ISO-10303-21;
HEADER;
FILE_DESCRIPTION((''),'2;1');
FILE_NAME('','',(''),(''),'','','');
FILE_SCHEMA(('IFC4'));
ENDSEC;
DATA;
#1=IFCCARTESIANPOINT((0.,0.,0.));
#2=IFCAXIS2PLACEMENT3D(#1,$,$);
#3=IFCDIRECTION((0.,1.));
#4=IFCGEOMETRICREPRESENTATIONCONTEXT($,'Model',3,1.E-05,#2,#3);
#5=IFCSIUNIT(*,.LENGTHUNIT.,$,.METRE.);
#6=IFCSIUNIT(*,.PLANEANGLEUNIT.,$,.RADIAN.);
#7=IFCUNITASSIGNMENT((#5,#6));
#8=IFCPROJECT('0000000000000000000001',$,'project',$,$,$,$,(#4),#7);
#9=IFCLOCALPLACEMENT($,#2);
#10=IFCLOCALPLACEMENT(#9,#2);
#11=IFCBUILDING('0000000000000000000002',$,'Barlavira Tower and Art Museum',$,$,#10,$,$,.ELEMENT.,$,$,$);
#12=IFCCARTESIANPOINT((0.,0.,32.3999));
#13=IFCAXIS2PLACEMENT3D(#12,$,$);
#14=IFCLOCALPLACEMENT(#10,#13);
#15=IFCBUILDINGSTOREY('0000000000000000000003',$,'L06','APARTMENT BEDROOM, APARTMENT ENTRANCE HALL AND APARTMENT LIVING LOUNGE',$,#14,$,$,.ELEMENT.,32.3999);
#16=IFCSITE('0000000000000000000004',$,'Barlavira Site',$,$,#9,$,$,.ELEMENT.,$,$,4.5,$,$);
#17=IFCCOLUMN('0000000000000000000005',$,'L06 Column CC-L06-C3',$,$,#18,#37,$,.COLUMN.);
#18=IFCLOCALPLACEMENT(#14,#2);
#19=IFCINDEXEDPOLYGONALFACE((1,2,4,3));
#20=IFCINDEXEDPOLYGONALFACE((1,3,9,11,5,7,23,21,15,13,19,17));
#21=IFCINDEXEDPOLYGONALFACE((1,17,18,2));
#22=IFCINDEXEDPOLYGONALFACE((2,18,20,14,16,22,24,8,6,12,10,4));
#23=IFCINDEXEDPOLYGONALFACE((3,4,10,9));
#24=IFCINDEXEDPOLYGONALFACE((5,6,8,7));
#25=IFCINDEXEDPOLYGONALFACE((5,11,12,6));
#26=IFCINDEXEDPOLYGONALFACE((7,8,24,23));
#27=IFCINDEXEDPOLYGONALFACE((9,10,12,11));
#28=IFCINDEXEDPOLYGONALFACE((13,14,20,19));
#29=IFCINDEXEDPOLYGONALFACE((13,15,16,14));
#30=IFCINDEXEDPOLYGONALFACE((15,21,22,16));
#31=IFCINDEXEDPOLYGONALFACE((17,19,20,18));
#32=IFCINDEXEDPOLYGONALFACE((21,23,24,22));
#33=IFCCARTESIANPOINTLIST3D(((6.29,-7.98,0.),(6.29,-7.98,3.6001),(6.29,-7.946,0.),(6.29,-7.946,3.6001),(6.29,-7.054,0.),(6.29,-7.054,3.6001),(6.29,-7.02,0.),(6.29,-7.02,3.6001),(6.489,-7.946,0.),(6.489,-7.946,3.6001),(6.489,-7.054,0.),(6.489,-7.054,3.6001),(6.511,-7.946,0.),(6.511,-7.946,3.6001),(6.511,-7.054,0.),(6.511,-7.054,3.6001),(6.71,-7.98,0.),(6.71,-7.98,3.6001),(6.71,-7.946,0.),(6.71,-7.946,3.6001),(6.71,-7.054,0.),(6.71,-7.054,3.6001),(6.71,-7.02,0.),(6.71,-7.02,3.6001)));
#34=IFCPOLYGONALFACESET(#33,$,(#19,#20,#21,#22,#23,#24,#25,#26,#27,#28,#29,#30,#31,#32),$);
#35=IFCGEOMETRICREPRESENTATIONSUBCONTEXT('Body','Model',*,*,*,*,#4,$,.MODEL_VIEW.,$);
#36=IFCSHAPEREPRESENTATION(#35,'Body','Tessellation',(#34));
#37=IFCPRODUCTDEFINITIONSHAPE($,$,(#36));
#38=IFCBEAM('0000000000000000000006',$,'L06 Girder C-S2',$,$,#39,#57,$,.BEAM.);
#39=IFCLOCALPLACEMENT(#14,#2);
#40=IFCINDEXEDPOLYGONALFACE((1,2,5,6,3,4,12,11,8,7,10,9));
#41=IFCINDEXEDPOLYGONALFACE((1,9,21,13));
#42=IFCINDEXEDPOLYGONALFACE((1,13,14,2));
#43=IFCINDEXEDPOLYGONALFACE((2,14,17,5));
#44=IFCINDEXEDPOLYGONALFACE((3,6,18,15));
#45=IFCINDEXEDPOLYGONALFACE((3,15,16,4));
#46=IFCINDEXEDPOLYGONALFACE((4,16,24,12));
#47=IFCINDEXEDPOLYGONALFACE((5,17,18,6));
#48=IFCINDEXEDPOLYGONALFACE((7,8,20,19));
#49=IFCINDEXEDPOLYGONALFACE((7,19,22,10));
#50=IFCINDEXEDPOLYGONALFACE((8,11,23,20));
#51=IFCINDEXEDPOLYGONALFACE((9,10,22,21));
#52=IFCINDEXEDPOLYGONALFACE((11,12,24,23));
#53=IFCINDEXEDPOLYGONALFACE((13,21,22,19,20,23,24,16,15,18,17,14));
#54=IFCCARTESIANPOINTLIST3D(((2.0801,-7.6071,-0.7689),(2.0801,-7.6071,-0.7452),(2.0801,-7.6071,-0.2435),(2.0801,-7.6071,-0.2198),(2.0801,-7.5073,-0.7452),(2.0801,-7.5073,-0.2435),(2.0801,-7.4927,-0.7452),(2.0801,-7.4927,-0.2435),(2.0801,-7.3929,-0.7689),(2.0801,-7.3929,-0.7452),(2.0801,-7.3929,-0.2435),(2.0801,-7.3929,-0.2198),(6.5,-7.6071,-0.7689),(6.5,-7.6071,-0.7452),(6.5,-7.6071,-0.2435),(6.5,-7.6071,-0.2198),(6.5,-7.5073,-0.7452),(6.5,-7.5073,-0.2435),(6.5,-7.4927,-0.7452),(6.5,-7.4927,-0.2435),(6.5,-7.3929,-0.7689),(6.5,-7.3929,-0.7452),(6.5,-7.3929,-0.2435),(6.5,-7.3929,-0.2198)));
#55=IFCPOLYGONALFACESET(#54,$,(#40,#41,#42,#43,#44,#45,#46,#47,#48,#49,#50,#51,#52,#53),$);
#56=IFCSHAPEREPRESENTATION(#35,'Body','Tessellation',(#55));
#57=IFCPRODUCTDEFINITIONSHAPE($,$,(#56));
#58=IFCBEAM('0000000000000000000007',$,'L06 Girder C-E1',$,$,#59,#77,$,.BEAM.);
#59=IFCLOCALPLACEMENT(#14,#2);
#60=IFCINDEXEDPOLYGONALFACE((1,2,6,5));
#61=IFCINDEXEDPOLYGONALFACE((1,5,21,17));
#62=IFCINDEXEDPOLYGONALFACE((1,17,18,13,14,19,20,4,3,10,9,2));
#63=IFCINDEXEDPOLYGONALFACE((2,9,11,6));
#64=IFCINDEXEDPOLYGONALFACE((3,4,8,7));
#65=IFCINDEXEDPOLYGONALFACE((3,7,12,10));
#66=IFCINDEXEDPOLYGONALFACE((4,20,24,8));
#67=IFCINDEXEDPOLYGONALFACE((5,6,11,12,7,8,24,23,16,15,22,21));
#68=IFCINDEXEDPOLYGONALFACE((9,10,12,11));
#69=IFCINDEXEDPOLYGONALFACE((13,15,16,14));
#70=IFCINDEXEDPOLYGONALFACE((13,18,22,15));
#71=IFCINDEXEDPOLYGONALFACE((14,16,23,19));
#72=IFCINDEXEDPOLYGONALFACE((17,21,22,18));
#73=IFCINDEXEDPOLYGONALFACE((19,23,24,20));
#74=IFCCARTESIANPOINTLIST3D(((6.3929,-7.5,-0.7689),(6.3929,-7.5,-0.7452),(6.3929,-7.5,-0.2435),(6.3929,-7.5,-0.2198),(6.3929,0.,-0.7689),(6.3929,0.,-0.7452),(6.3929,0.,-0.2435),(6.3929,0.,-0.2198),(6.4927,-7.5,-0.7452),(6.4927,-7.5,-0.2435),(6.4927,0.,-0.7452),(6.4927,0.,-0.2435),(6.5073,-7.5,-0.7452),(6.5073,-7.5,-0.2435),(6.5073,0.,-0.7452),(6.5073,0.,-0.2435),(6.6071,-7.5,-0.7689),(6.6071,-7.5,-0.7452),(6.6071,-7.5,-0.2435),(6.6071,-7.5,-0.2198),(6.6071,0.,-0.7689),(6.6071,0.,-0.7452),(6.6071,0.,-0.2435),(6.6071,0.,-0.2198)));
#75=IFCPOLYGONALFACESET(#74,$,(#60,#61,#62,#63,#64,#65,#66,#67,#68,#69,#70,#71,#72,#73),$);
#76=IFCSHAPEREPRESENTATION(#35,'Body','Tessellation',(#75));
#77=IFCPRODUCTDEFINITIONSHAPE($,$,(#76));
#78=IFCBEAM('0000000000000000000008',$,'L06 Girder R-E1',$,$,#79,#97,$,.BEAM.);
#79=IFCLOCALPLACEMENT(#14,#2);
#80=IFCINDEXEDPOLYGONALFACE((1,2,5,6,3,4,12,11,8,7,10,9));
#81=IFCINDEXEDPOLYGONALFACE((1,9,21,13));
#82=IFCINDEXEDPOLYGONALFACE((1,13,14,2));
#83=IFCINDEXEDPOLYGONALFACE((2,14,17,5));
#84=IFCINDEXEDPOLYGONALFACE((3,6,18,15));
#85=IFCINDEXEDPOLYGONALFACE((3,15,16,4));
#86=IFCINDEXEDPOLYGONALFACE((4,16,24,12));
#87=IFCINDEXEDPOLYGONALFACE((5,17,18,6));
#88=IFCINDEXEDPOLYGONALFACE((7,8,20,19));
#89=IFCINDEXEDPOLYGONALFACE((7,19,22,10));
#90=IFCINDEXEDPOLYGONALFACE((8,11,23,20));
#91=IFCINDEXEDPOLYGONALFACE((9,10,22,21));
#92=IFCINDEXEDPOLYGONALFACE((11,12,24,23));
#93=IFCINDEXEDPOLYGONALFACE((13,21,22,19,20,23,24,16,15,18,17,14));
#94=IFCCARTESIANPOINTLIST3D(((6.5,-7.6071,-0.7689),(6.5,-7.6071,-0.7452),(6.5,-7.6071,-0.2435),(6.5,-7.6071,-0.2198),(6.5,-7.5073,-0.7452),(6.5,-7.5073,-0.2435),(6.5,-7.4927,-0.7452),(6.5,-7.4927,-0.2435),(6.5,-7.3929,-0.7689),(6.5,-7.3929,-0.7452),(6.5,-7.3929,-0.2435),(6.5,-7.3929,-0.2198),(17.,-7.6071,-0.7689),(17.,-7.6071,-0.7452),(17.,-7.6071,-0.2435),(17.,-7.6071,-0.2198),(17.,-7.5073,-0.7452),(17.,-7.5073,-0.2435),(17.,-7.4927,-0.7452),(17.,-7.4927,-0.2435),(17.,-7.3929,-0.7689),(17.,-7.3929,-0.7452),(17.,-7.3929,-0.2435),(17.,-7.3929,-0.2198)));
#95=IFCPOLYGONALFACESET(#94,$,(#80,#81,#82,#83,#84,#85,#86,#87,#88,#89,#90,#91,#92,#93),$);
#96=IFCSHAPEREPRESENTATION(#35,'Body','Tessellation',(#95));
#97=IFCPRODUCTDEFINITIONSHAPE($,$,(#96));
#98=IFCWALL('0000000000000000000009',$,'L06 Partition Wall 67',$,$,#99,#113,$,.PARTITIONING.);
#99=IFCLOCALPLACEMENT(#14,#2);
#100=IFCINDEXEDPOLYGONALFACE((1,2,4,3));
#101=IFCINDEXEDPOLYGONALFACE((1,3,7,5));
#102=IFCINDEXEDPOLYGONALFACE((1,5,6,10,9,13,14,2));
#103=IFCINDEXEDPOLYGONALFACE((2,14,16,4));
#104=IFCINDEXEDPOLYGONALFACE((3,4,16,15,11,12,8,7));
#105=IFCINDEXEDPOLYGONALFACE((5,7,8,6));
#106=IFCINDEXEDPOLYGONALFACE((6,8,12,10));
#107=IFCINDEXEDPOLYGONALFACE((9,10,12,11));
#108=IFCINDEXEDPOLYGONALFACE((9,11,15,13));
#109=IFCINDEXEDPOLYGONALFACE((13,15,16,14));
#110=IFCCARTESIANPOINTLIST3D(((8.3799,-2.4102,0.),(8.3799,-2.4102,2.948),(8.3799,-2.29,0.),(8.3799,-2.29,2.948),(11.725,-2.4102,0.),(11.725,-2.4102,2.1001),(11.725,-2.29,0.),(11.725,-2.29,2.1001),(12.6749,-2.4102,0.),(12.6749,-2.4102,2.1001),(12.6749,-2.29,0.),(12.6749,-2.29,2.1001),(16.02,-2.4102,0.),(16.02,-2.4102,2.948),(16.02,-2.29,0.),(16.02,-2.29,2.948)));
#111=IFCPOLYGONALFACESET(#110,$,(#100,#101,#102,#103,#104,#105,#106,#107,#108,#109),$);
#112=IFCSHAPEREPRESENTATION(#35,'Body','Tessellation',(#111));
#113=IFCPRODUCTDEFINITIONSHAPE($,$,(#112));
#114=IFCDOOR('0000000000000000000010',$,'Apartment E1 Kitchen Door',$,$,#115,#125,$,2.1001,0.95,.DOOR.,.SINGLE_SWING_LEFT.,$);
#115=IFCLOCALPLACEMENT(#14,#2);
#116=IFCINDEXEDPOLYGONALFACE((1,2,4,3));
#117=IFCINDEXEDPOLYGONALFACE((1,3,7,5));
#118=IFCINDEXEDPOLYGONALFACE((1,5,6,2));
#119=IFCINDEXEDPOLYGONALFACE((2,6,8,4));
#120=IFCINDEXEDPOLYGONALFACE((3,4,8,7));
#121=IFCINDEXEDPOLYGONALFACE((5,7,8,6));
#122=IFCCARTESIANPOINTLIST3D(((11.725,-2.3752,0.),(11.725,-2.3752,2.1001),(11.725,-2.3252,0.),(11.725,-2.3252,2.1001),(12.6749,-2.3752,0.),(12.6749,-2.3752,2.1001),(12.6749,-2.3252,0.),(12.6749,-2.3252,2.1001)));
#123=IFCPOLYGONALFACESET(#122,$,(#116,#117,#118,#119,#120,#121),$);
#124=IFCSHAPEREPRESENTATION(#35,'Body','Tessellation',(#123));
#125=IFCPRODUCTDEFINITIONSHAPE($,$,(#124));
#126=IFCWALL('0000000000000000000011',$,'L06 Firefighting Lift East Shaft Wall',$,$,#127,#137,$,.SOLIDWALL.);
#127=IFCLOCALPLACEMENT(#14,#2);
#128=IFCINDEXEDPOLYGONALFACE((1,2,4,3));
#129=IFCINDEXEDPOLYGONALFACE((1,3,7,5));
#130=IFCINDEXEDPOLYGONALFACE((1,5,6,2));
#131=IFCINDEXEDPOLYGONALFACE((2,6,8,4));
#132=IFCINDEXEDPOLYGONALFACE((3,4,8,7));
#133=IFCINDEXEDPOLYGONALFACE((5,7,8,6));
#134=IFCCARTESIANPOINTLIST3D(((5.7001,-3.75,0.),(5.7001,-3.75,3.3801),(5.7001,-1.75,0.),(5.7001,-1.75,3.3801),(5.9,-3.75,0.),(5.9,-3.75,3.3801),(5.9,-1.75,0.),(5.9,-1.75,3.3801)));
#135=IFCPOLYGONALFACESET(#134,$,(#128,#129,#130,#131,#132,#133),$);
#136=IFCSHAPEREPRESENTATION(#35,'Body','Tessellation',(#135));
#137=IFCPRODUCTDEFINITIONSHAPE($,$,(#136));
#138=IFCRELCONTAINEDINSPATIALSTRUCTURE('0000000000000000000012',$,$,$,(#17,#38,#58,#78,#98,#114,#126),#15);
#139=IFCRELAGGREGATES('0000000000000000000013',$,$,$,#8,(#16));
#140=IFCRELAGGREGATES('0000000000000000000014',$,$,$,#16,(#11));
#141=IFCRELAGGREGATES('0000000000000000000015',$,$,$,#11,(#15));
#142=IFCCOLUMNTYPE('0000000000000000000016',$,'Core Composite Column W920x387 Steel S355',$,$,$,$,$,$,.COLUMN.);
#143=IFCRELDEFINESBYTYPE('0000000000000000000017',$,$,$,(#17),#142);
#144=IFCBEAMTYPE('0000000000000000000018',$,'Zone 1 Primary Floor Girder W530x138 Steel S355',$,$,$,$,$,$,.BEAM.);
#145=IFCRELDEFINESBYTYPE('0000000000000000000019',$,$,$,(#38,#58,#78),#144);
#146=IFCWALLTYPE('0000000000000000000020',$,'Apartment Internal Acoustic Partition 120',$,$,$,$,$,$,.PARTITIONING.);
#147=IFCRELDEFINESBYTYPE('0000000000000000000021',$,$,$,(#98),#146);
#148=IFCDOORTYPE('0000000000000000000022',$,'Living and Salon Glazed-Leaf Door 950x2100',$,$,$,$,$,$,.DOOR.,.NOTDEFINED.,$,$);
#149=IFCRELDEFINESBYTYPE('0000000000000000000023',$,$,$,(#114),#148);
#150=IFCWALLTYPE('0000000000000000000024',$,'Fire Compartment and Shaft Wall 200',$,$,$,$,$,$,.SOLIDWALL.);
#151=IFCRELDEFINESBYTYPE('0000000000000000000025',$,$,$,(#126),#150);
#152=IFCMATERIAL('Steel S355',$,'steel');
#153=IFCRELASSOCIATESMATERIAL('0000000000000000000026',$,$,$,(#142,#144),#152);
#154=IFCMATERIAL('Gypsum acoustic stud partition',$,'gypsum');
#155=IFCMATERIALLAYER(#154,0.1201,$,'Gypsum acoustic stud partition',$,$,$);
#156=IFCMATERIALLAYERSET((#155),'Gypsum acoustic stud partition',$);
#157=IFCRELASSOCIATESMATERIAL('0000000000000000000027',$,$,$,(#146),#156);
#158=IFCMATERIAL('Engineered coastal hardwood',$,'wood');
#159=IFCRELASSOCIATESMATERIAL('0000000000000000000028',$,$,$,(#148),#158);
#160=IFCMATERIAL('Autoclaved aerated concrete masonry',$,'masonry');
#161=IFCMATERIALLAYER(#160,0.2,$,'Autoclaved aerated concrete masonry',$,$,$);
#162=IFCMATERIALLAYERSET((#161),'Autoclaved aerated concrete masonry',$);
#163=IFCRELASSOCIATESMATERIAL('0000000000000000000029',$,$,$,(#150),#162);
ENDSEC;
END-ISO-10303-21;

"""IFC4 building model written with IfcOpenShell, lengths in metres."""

from ifc_helpers import new_model, si_unit, direction, frame, frame_2d, origin, origin_2d, place, context, subcontext, project, spatial, rectangle, i_section, extrude, material, layer, layer_set, material_profile, profile_set, type_object, element, fill, save


model = new_model("IFC4")

# Units and contexts
model_context = context("Model", 3, precision=1e-05, world=origin(), true_north=direction((0.0, 1.0)))
body_context = subcontext(model_context, "Body", "Model", "MODEL_VIEW")
ifc_project = project(units=[si_unit("LENGTHUNIT", "METRE"), si_unit("PLANEANGLEUNIT", "RADIAN")], contexts=[model_context])

# Site, building, storey
site_placement = place(None, origin())
site = spatial("IfcSite", under=ifc_project, at=site_placement, Name="Barlavira Site", CompositionType="ELEMENT", RefElevation=4.5)
building_placement = place(site_placement, origin())
building = spatial("IfcBuilding", under=site, at=building_placement, Name="Barlavira Tower and Art Museum", CompositionType="ELEMENT")
storey_placement = place(building_placement, frame((0.0, 0.0, 32.3999)))
storey = spatial("IfcBuildingStorey", under=building, at=storey_placement, Name="L06", Description="APARTMENT BEDROOM, APARTMENT ENTRANCE HALL AND APARTMENT LIVING LOUNGE", CompositionType="ELEMENT", Elevation=32.3999)

# Column
ifc_material_1 = material(Name="Steel S355", Category="steel")
ifc_material_profile_1 = material_profile(ifc_material_1, i_section(OverallWidth=0.4199, OverallDepth=0.96, WebThickness=0.022, FlangeThickness=0.0339, at=origin_2d()), Name="W920x387.0")
ifc_profile_set_1 = profile_set([ifc_material_profile_1], Name="Steel S355")
column_type = type_object("IfcColumnType", Name="Core Composite Column W920x387 Steel S355", PredefinedType="COLUMN", material=ifc_profile_set_1)
column_placement = place(storey_placement, frame((6.5, -7.5, 0.0), z_axis=(0.0, 0.0, 1.0), x_axis=(1.0, 0.0, 0.0)))
element("IfcColumn", 1, at=column_placement, inside=storey, type_object=column_type, Name="L06 Column CC-L06-C3", PredefinedType="COLUMN", context=body_context, shape_type="SweptSolid", body=[
    extrude(i_section(OverallWidth=0.4199, OverallDepth=0.96, WebThickness=0.022, FlangeThickness=0.0339, at=origin_2d()), origin(), (0.0, 0.0, 1.0), 3.6001),
])

# Beams
ifc_material_profile_2 = material_profile(ifc_material_1, i_section(OverallWidth=0.2141, OverallDepth=0.5491, WebThickness=0.0146, FlangeThickness=0.0237, at=origin_2d()), Name="W530x138.0")
ifc_profile_set_2 = profile_set([ifc_material_profile_2], Name="Steel S355")
beam_type = type_object("IfcBeamType", Name="Zone 1 Primary Floor Girder W530x138 Steel S355", PredefinedType="BEAM", material=ifc_profile_set_2)
beam_1_placement = place(storey_placement, frame((2.0801, -7.5, -0.4944), z_axis=(1.0, 0.0, 0.0), x_axis=(0.0, 1.0, 0.0)))
element("IfcBeam", 2, at=beam_1_placement, inside=storey, type_object=beam_type, Name="L06 Girder C-S2", PredefinedType="BEAM", context=body_context, shape_type="SweptSolid", body=[
    extrude(i_section(OverallWidth=0.2141, OverallDepth=0.5491, WebThickness=0.0146, FlangeThickness=0.0237, at=origin_2d()), origin(), (0.0, 0.0, 1.0), 4.4199),
])
beam_2_placement = place(storey_placement, frame((6.5, -7.5, -0.4944), z_axis=(0.0, 1.0, 0.0), x_axis=(-1.0, 0.0, 0.0)))
element("IfcBeam", 3, at=beam_2_placement, inside=storey, type_object=beam_type, Name="L06 Girder C-E1", PredefinedType="BEAM", context=body_context, shape_type="SweptSolid", body=[
    extrude(i_section(OverallWidth=0.2141, OverallDepth=0.5491, WebThickness=0.0146, FlangeThickness=0.0237, at=origin_2d()), origin(), (0.0, 0.0, 1.0), 7.5),
])
beam_3_placement = place(storey_placement, frame((6.5, -7.5, -0.4944), z_axis=(1.0, 0.0, 0.0), x_axis=(0.0, 1.0, 0.0)))
element("IfcBeam", 4, at=beam_3_placement, inside=storey, type_object=beam_type, Name="L06 Girder R-E1", PredefinedType="BEAM", context=body_context, shape_type="SweptSolid", body=[
    extrude(i_section(OverallWidth=0.2141, OverallDepth=0.5491, WebThickness=0.0146, FlangeThickness=0.0237, at=origin_2d()), origin(), (0.0, 0.0, 1.0), 10.5),
])

# Wall, opening, door
ifc_material_2 = material(Name="Gypsum acoustic stud partition", Category="gypsum")
ifc_layer_1 = layer(ifc_material_2, 0.1201, Name="Gypsum acoustic stud partition")
ifc_layer_set_1 = layer_set([ifc_layer_1], Name="Gypsum acoustic stud partition")
wall_type_1 = type_object("IfcWallType", Name="Apartment Internal Acoustic Partition 120", PredefinedType="PARTITIONING", material=ifc_layer_set_1)
wall_1_placement = place(storey_placement, frame((8.3799, -2.3501, 0.0), z_axis=(0.0, 0.0, 1.0), x_axis=(1.0, 0.0, 0.0)))
wall_1 = element("IfcWall", 5, at=wall_1_placement, inside=storey, type_object=wall_type_1, Name="L06 Partition Wall 67", PredefinedType="PARTITIONING", context=body_context, shape_type="SweptSolid", body=[
    extrude(rectangle(XDim=7.6401, YDim=0.1201, at=frame_2d((3.8201, 0.0))), origin(), (0.0, 0.0, 1.0), 2.948),
])
opening_1_placement = place(wall_1_placement, frame((3.345, 0.0, 0.0)))
opening_1 = element("IfcOpeningElement", 6, at=opening_1_placement, cuts=wall_1, PredefinedType="OPENING", context=body_context, shape_type="SweptSolid", body=[
    extrude(rectangle(XDim=0.95, YDim=2.1001, at=frame_2d((0.4751, 1.05))), frame((0.0, 0.0701, 0.0), z_axis=(0.0, -1.0, 0.0), x_axis=(1.0, 0.0, 0.0)), (0.0, 0.0, 1.0), 0.1401),
])
ifc_material_3 = material(Name="Engineered coastal hardwood", Category="wood")
door_type_1 = type_object("IfcDoorType", Name="Living and Salon Glazed-Leaf Door 950x2100", OperationType="NOTDEFINED", PredefinedType="DOOR", material=ifc_material_3)
door_1_placement = place(opening_1_placement, origin())
door_1 = element("IfcDoor", 7, at=door_1_placement, inside=storey, type_object=door_type_1, Name="Apartment E1 Kitchen Door", OperationType="SINGLE_SWING_LEFT", OverallHeight=2.1001, OverallWidth=0.95, PredefinedType="DOOR", context=body_context, shape_type="SweptSolid", body=[
    extrude(rectangle(XDim=0.95, YDim=2.1001, at=frame_2d((0.4751, 1.05))), frame((0.0, 0.0249, 0.0), z_axis=(0.0, -1.0, 0.0), x_axis=(1.0, 0.0, 0.0)), (0.0, 0.0, 1.0), 0.05),
])
fill(opening_1, door_1)

# Wall
ifc_material_4 = material(Name="Autoclaved aerated concrete masonry", Category="masonry")
ifc_layer_2 = layer(ifc_material_4, 0.2, Name="Autoclaved aerated concrete masonry")
ifc_layer_set_2 = layer_set([ifc_layer_2], Name="Autoclaved aerated concrete masonry")
wall_type_2 = type_object("IfcWallType", Name="Fire Compartment and Shaft Wall 200", PredefinedType="SOLIDWALL", material=ifc_layer_set_2)
wall_2_placement = place(storey_placement, frame((5.8, -3.75, 0.0), z_axis=(0.0, 0.0, 1.0), x_axis=(0.0, 1.0, 0.0)))
element("IfcWall", 8, at=wall_2_placement, inside=storey, type_object=wall_type_2, Name="L06 Firefighting Lift East Shaft Wall", PredefinedType="SOLIDWALL", context=body_context, shape_type="SweptSolid", body=[
    extrude(rectangle(XDim=2.0, YDim=0.2, at=frame_2d((1.0, 0.0))), origin(), (0.0, 0.0, 1.0), 3.3801),
])

save(model, "model.ifc")
